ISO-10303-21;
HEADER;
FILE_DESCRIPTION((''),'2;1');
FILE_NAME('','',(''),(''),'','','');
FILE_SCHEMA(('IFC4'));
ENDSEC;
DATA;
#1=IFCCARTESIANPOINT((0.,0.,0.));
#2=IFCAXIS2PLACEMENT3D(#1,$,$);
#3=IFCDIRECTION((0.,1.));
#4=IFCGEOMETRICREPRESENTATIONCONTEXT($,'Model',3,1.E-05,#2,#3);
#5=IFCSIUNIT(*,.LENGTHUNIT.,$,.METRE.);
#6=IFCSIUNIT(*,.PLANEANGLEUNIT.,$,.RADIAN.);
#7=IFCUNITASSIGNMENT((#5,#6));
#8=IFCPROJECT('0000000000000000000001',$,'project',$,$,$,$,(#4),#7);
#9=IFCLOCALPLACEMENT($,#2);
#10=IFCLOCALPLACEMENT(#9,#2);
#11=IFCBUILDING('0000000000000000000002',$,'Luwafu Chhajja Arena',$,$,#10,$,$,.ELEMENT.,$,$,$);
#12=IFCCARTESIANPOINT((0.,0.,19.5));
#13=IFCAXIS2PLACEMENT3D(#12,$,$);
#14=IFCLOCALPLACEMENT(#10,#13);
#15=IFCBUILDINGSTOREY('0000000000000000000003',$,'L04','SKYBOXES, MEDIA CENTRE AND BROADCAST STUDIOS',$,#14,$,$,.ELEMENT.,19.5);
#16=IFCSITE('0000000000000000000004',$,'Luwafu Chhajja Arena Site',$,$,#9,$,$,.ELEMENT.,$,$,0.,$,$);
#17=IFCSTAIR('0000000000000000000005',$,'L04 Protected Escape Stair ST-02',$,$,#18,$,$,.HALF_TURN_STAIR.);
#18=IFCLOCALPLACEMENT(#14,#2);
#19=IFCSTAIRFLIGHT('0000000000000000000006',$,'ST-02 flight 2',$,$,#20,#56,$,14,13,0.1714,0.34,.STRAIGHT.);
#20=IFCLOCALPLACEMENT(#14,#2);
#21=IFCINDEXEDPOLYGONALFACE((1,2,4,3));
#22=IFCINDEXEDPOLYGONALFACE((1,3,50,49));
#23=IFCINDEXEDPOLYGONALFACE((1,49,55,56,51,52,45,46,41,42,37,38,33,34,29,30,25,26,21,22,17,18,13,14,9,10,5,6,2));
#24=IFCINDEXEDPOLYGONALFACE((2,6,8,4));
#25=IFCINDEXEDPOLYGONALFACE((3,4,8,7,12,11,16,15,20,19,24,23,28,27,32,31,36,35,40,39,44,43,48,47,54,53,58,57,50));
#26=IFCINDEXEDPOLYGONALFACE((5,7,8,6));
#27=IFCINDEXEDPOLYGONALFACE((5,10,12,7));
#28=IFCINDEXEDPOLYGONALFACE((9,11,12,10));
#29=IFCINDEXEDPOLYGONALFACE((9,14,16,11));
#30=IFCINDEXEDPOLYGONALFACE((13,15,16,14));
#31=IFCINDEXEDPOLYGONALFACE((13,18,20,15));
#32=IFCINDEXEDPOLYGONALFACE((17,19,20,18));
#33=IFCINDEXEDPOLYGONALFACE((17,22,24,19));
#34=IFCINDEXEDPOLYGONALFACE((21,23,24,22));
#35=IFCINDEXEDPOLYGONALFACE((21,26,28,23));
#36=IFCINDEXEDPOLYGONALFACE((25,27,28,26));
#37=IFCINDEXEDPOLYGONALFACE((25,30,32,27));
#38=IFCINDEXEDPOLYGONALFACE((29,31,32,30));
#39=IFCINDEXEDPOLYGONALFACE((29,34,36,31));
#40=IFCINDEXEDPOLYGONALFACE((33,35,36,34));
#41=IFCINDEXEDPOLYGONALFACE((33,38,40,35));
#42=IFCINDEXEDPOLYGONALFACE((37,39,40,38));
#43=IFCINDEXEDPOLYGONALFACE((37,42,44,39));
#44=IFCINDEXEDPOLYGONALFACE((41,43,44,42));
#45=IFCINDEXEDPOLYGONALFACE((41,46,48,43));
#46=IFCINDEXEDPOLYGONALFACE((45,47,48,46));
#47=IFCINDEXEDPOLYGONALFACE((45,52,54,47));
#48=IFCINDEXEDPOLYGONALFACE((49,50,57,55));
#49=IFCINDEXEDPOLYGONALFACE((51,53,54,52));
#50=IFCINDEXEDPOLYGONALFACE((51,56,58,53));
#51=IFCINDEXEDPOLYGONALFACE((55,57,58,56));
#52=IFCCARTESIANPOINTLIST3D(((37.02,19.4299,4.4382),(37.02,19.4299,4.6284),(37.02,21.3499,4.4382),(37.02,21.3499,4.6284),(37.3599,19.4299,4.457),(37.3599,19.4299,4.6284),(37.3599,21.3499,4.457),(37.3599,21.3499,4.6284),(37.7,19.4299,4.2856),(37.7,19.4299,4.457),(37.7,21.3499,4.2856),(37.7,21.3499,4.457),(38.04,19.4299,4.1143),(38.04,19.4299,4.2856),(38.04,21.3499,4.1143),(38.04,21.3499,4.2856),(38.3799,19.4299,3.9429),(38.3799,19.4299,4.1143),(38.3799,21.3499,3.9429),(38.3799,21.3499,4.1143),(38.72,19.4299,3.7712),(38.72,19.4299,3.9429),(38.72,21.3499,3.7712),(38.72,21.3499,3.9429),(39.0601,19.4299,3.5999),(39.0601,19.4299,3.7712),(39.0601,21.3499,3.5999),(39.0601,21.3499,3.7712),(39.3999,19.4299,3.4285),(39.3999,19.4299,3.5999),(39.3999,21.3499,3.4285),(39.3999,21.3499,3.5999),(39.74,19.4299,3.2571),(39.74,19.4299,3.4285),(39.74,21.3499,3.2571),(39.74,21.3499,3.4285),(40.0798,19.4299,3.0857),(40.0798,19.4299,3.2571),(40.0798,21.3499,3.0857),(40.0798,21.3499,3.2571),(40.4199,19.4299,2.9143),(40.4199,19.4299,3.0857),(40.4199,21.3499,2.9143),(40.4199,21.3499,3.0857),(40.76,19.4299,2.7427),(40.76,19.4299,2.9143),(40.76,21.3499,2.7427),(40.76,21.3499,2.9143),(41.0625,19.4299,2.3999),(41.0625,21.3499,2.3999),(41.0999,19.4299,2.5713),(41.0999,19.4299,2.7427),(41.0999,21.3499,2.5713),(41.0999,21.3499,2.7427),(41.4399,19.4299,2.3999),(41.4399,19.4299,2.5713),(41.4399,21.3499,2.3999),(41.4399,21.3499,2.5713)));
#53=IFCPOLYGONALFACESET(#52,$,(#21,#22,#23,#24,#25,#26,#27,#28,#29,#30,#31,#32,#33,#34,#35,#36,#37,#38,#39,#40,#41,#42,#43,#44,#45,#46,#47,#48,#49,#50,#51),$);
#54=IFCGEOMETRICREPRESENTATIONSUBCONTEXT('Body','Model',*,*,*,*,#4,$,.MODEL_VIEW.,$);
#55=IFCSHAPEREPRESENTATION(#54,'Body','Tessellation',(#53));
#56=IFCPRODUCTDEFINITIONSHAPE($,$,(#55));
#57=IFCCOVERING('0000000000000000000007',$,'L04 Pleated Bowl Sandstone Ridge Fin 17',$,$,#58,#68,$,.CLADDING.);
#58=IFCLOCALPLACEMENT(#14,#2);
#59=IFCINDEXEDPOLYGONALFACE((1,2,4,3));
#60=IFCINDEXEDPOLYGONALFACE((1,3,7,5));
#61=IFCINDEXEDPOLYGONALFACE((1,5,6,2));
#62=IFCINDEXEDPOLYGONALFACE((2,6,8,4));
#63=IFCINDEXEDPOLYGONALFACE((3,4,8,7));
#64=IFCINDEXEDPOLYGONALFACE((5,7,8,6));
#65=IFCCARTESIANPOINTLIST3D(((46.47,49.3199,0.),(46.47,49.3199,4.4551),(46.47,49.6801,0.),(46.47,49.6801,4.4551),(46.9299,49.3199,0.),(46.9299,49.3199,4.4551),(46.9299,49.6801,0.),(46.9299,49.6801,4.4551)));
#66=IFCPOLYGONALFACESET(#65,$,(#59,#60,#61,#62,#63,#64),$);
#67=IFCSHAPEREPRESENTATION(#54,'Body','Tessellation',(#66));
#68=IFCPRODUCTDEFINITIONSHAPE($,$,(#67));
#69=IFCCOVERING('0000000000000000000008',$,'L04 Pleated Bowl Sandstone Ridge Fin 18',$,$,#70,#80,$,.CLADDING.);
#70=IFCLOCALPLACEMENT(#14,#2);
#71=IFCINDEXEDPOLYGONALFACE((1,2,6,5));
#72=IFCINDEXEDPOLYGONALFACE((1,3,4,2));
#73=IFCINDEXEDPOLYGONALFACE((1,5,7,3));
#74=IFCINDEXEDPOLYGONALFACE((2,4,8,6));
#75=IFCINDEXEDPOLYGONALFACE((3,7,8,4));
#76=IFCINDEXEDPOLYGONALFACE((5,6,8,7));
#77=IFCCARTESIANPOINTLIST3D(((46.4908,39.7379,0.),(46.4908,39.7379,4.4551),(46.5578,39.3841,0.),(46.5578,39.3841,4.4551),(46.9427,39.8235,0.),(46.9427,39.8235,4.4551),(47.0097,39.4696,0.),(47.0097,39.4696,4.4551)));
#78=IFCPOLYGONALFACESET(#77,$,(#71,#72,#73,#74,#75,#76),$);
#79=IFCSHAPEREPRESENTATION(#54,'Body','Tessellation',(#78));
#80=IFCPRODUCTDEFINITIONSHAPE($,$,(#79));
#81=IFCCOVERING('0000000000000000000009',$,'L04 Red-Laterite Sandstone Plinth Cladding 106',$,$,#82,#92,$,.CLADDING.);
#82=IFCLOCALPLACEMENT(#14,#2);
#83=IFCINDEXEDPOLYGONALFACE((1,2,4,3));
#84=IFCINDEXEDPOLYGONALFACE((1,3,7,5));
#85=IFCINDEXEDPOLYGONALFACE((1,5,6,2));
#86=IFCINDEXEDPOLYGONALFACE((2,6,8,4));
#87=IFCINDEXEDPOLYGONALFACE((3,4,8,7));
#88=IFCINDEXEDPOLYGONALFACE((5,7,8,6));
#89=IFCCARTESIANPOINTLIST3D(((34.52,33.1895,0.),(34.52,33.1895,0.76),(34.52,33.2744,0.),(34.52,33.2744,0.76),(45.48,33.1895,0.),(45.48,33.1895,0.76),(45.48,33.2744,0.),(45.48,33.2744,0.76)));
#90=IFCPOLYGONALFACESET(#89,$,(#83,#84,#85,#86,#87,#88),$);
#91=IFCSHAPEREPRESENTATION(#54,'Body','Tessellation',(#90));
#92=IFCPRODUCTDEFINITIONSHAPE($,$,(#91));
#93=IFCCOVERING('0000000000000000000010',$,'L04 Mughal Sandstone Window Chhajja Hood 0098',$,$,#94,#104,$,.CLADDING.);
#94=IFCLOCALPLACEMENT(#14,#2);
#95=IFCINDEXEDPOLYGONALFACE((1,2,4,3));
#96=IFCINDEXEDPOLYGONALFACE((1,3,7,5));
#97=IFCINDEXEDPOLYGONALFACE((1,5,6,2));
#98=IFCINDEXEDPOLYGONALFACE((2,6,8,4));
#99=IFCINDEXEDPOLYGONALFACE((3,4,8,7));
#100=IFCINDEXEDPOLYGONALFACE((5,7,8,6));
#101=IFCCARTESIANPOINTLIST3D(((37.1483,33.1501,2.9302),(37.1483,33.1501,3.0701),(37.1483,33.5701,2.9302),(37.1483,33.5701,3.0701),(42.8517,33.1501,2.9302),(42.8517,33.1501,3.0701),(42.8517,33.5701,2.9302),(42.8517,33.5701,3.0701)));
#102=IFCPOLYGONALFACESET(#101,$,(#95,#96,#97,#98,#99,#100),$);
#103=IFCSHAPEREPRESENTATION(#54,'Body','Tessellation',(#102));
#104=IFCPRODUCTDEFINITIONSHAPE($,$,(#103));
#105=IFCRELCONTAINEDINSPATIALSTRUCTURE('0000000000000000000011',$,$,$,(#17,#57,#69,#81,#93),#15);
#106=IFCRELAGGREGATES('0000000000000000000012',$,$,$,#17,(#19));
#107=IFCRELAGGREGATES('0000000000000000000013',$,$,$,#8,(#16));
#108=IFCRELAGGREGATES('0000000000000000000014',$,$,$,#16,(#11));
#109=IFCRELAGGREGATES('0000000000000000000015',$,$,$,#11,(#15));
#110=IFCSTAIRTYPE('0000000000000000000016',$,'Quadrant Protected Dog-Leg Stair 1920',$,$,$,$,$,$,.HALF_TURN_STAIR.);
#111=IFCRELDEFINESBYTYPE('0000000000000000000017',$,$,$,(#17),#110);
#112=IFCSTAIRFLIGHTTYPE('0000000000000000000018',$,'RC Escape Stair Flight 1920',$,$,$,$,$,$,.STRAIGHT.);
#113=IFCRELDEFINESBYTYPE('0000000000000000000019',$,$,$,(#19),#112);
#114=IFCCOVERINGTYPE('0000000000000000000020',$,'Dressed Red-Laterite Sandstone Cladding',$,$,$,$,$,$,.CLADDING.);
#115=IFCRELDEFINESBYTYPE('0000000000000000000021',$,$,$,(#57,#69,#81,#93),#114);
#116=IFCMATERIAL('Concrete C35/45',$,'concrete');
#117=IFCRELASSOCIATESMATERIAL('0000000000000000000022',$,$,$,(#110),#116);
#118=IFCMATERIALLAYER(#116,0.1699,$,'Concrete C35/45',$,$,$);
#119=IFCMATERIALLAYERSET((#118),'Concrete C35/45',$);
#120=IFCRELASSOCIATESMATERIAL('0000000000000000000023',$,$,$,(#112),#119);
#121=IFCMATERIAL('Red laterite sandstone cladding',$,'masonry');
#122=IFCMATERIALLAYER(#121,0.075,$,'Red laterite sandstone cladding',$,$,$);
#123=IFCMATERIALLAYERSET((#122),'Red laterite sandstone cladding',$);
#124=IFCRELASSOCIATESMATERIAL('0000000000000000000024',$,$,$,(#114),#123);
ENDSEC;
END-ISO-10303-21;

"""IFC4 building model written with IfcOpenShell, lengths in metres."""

from ifc_helpers import new_model, si_unit, direction, frame, origin, origin_2d, place, context, subcontext, project, spatial, polyline, rectangle, outline, extrude, material, layer, layer_set, type_object, element, aggregate, save


model = new_model("IFC4")

# Units and contexts
model_context = context("Model", 3, precision=1e-05, world=origin(), true_north=direction((0.0, 1.0)))
body_context = subcontext(model_context, "Body", "Model", "MODEL_VIEW")
ifc_project = project(units=[si_unit("LENGTHUNIT", "METRE"), si_unit("PLANEANGLEUNIT", "RADIAN")], contexts=[model_context])

# Site, building, storey
site_placement = place(None, origin())
site = spatial("IfcSite", under=ifc_project, at=site_placement, Name="Luwafu Chhajja Arena Site", CompositionType="ELEMENT", RefElevation=0.0)
building_placement = place(site_placement, origin())
building = spatial("IfcBuilding", under=site, at=building_placement, Name="Luwafu Chhajja Arena", CompositionType="ELEMENT")
storey_placement = place(building_placement, frame((0.0, 0.0, 19.5)))
storey = spatial("IfcBuildingStorey", under=building, at=storey_placement, Name="L04", Description="SKYBOXES, MEDIA CENTRE AND BROADCAST STUDIOS", CompositionType="ELEMENT", Elevation=19.5)

# Shared definitions
ifc_material_1 = material(Name="Concrete C35/45", Category="concrete")

# Stair, stair flight
stair_type = type_object("IfcStairType", Name="Quadrant Protected Dog-Leg Stair 1920", PredefinedType="HALF_TURN_STAIR", material=ifc_material_1)
stair_placement = place(storey_placement, origin())
stair = element("IfcStair", 1, at=stair_placement, inside=storey, type_object=stair_type, Name="L04 Protected Escape Stair ST-02", PredefinedType="HALF_TURN_STAIR")
ifc_layer_1 = layer(ifc_material_1, 0.1699, Name="Concrete C35/45")
ifc_layer_set_1 = layer_set([ifc_layer_1], Name="Concrete C35/45")
stair_flight_type = type_object("IfcStairFlightType", Name="RC Escape Stair Flight 1920", PredefinedType="STRAIGHT", material=ifc_layer_set_1)
stair_flight_placement = place(storey_placement, frame((41.4399, 20.3899, 2.3999), z_axis=(0.0, 0.0, 1.0), x_axis=(-1.0, 0.0, 0.0)))
stair_flight = element("IfcStairFlight", 2, at=stair_flight_placement, type_object=stair_flight_type, Name="ST-02 flight 2", NumberOfRisers=14, NumberOfTreads=13, PredefinedType="STRAIGHT", RiserHeight=0.1714, TreadLength=0.34, context=body_context, shape_type="SweptSolid", body=[
    extrude(outline(polyline([(0.0, 0.0), (0.0, 0.1714), (0.3401, 0.1714), (0.3401, 0.3428), (0.6799, 0.3428), (0.6799, 0.5144), (1.02, 0.5144), (1.02, 0.6858), (1.3601, 0.6858), (1.3601, 0.8572), (1.7, 0.8572), (1.7, 1.0286), (2.04, 1.0286), (2.04, 1.2), (2.3799, 1.2), (2.3799, 1.3713), (2.72, 1.3713), (2.72, 1.543), (3.0601, 1.543), (3.0601, 1.7144), (3.3999, 1.7144), (3.3999, 1.8857), (3.74, 1.8857), (3.74, 2.0571), (4.0801, 2.0571), (4.0801, 2.2285), (4.4199, 2.2285), (4.4199, 2.3999), (4.4199, 2.0383), (0.3774, 0.0), (0.0, 0.0)])), frame((0.0, 0.96, 0.0), z_axis=(0.0, -1.0, 0.0), x_axis=(1.0, 0.0, 0.0)), (0.0, 0.0, 1.0), 1.9199),
])
aggregate(stair, [stair_flight])

# Coverings
ifc_material_2 = material(Name="Red laterite sandstone cladding", Category="masonry")
ifc_layer_2 = layer(ifc_material_2, 0.075, Name="Red laterite sandstone cladding")
ifc_layer_set_2 = layer_set([ifc_layer_2], Name="Red laterite sandstone cladding")
covering_type = type_object("IfcCoveringType", Name="Dressed Red-Laterite Sandstone Cladding", PredefinedType="CLADDING", material=ifc_layer_set_2)
for number, where, z_axis, x_axis, name in (
    (3, (46.7, 49.5, 0.0), (0.0, 0.0, 1.0), (-1.0, 0.0, 0.0), "L04 Pleated Bowl Sandstone Ridge Fin 17"),
    (4, (46.7502, 39.6038, 0.0), (0.0, 0.0, 1.0), (-0.982532, -0.186093, 0.0), "L04 Pleated Bowl Sandstone Ridge Fin 18"),
):
    element("IfcCovering", number, at=place(storey_placement, frame(where, z_axis=z_axis, x_axis=x_axis)), inside=storey, type_object=covering_type, Name=name, PredefinedType="CLADDING", context=body_context, shape_type="SweptSolid", body=[
        extrude(rectangle(XDim=0.46, YDim=0.3601, at=origin_2d()), origin(), (0.0, 0.0, 1.0), 4.4551),
    ])
covering_1_placement = place(storey_placement, frame((40.0, 33.2319, 0.0), z_axis=(0.0, 0.0, 1.0), x_axis=(1.0, 0.0, 0.0)))
element("IfcCovering", 5, at=covering_1_placement, inside=storey, type_object=covering_type, Name="L04 Red-Laterite Sandstone Plinth Cladding 106", PredefinedType="CLADDING", context=body_context, shape_type="SweptSolid", body=[
    extrude(rectangle(XDim=10.96, YDim=0.085, at=origin_2d()), origin(), (0.0, 0.0, 1.0), 0.76),
])
covering_2_placement = place(storey_placement, frame((40.0, 33.3601, 2.9302), z_axis=(0.0, 0.0, 1.0), x_axis=(1.0, 0.0, 0.0)))
element("IfcCovering", 6, at=covering_2_placement, inside=storey, type_object=covering_type, Name="L04 Mughal Sandstone Window Chhajja Hood 0098", PredefinedType="CLADDING", context=body_context, shape_type="SweptSolid", body=[
    extrude(rectangle(XDim=5.7034, YDim=0.4199, at=origin_2d()), origin(), (0.0, 0.0, 1.0), 0.1399),
])

save(model, "model.ifc")
